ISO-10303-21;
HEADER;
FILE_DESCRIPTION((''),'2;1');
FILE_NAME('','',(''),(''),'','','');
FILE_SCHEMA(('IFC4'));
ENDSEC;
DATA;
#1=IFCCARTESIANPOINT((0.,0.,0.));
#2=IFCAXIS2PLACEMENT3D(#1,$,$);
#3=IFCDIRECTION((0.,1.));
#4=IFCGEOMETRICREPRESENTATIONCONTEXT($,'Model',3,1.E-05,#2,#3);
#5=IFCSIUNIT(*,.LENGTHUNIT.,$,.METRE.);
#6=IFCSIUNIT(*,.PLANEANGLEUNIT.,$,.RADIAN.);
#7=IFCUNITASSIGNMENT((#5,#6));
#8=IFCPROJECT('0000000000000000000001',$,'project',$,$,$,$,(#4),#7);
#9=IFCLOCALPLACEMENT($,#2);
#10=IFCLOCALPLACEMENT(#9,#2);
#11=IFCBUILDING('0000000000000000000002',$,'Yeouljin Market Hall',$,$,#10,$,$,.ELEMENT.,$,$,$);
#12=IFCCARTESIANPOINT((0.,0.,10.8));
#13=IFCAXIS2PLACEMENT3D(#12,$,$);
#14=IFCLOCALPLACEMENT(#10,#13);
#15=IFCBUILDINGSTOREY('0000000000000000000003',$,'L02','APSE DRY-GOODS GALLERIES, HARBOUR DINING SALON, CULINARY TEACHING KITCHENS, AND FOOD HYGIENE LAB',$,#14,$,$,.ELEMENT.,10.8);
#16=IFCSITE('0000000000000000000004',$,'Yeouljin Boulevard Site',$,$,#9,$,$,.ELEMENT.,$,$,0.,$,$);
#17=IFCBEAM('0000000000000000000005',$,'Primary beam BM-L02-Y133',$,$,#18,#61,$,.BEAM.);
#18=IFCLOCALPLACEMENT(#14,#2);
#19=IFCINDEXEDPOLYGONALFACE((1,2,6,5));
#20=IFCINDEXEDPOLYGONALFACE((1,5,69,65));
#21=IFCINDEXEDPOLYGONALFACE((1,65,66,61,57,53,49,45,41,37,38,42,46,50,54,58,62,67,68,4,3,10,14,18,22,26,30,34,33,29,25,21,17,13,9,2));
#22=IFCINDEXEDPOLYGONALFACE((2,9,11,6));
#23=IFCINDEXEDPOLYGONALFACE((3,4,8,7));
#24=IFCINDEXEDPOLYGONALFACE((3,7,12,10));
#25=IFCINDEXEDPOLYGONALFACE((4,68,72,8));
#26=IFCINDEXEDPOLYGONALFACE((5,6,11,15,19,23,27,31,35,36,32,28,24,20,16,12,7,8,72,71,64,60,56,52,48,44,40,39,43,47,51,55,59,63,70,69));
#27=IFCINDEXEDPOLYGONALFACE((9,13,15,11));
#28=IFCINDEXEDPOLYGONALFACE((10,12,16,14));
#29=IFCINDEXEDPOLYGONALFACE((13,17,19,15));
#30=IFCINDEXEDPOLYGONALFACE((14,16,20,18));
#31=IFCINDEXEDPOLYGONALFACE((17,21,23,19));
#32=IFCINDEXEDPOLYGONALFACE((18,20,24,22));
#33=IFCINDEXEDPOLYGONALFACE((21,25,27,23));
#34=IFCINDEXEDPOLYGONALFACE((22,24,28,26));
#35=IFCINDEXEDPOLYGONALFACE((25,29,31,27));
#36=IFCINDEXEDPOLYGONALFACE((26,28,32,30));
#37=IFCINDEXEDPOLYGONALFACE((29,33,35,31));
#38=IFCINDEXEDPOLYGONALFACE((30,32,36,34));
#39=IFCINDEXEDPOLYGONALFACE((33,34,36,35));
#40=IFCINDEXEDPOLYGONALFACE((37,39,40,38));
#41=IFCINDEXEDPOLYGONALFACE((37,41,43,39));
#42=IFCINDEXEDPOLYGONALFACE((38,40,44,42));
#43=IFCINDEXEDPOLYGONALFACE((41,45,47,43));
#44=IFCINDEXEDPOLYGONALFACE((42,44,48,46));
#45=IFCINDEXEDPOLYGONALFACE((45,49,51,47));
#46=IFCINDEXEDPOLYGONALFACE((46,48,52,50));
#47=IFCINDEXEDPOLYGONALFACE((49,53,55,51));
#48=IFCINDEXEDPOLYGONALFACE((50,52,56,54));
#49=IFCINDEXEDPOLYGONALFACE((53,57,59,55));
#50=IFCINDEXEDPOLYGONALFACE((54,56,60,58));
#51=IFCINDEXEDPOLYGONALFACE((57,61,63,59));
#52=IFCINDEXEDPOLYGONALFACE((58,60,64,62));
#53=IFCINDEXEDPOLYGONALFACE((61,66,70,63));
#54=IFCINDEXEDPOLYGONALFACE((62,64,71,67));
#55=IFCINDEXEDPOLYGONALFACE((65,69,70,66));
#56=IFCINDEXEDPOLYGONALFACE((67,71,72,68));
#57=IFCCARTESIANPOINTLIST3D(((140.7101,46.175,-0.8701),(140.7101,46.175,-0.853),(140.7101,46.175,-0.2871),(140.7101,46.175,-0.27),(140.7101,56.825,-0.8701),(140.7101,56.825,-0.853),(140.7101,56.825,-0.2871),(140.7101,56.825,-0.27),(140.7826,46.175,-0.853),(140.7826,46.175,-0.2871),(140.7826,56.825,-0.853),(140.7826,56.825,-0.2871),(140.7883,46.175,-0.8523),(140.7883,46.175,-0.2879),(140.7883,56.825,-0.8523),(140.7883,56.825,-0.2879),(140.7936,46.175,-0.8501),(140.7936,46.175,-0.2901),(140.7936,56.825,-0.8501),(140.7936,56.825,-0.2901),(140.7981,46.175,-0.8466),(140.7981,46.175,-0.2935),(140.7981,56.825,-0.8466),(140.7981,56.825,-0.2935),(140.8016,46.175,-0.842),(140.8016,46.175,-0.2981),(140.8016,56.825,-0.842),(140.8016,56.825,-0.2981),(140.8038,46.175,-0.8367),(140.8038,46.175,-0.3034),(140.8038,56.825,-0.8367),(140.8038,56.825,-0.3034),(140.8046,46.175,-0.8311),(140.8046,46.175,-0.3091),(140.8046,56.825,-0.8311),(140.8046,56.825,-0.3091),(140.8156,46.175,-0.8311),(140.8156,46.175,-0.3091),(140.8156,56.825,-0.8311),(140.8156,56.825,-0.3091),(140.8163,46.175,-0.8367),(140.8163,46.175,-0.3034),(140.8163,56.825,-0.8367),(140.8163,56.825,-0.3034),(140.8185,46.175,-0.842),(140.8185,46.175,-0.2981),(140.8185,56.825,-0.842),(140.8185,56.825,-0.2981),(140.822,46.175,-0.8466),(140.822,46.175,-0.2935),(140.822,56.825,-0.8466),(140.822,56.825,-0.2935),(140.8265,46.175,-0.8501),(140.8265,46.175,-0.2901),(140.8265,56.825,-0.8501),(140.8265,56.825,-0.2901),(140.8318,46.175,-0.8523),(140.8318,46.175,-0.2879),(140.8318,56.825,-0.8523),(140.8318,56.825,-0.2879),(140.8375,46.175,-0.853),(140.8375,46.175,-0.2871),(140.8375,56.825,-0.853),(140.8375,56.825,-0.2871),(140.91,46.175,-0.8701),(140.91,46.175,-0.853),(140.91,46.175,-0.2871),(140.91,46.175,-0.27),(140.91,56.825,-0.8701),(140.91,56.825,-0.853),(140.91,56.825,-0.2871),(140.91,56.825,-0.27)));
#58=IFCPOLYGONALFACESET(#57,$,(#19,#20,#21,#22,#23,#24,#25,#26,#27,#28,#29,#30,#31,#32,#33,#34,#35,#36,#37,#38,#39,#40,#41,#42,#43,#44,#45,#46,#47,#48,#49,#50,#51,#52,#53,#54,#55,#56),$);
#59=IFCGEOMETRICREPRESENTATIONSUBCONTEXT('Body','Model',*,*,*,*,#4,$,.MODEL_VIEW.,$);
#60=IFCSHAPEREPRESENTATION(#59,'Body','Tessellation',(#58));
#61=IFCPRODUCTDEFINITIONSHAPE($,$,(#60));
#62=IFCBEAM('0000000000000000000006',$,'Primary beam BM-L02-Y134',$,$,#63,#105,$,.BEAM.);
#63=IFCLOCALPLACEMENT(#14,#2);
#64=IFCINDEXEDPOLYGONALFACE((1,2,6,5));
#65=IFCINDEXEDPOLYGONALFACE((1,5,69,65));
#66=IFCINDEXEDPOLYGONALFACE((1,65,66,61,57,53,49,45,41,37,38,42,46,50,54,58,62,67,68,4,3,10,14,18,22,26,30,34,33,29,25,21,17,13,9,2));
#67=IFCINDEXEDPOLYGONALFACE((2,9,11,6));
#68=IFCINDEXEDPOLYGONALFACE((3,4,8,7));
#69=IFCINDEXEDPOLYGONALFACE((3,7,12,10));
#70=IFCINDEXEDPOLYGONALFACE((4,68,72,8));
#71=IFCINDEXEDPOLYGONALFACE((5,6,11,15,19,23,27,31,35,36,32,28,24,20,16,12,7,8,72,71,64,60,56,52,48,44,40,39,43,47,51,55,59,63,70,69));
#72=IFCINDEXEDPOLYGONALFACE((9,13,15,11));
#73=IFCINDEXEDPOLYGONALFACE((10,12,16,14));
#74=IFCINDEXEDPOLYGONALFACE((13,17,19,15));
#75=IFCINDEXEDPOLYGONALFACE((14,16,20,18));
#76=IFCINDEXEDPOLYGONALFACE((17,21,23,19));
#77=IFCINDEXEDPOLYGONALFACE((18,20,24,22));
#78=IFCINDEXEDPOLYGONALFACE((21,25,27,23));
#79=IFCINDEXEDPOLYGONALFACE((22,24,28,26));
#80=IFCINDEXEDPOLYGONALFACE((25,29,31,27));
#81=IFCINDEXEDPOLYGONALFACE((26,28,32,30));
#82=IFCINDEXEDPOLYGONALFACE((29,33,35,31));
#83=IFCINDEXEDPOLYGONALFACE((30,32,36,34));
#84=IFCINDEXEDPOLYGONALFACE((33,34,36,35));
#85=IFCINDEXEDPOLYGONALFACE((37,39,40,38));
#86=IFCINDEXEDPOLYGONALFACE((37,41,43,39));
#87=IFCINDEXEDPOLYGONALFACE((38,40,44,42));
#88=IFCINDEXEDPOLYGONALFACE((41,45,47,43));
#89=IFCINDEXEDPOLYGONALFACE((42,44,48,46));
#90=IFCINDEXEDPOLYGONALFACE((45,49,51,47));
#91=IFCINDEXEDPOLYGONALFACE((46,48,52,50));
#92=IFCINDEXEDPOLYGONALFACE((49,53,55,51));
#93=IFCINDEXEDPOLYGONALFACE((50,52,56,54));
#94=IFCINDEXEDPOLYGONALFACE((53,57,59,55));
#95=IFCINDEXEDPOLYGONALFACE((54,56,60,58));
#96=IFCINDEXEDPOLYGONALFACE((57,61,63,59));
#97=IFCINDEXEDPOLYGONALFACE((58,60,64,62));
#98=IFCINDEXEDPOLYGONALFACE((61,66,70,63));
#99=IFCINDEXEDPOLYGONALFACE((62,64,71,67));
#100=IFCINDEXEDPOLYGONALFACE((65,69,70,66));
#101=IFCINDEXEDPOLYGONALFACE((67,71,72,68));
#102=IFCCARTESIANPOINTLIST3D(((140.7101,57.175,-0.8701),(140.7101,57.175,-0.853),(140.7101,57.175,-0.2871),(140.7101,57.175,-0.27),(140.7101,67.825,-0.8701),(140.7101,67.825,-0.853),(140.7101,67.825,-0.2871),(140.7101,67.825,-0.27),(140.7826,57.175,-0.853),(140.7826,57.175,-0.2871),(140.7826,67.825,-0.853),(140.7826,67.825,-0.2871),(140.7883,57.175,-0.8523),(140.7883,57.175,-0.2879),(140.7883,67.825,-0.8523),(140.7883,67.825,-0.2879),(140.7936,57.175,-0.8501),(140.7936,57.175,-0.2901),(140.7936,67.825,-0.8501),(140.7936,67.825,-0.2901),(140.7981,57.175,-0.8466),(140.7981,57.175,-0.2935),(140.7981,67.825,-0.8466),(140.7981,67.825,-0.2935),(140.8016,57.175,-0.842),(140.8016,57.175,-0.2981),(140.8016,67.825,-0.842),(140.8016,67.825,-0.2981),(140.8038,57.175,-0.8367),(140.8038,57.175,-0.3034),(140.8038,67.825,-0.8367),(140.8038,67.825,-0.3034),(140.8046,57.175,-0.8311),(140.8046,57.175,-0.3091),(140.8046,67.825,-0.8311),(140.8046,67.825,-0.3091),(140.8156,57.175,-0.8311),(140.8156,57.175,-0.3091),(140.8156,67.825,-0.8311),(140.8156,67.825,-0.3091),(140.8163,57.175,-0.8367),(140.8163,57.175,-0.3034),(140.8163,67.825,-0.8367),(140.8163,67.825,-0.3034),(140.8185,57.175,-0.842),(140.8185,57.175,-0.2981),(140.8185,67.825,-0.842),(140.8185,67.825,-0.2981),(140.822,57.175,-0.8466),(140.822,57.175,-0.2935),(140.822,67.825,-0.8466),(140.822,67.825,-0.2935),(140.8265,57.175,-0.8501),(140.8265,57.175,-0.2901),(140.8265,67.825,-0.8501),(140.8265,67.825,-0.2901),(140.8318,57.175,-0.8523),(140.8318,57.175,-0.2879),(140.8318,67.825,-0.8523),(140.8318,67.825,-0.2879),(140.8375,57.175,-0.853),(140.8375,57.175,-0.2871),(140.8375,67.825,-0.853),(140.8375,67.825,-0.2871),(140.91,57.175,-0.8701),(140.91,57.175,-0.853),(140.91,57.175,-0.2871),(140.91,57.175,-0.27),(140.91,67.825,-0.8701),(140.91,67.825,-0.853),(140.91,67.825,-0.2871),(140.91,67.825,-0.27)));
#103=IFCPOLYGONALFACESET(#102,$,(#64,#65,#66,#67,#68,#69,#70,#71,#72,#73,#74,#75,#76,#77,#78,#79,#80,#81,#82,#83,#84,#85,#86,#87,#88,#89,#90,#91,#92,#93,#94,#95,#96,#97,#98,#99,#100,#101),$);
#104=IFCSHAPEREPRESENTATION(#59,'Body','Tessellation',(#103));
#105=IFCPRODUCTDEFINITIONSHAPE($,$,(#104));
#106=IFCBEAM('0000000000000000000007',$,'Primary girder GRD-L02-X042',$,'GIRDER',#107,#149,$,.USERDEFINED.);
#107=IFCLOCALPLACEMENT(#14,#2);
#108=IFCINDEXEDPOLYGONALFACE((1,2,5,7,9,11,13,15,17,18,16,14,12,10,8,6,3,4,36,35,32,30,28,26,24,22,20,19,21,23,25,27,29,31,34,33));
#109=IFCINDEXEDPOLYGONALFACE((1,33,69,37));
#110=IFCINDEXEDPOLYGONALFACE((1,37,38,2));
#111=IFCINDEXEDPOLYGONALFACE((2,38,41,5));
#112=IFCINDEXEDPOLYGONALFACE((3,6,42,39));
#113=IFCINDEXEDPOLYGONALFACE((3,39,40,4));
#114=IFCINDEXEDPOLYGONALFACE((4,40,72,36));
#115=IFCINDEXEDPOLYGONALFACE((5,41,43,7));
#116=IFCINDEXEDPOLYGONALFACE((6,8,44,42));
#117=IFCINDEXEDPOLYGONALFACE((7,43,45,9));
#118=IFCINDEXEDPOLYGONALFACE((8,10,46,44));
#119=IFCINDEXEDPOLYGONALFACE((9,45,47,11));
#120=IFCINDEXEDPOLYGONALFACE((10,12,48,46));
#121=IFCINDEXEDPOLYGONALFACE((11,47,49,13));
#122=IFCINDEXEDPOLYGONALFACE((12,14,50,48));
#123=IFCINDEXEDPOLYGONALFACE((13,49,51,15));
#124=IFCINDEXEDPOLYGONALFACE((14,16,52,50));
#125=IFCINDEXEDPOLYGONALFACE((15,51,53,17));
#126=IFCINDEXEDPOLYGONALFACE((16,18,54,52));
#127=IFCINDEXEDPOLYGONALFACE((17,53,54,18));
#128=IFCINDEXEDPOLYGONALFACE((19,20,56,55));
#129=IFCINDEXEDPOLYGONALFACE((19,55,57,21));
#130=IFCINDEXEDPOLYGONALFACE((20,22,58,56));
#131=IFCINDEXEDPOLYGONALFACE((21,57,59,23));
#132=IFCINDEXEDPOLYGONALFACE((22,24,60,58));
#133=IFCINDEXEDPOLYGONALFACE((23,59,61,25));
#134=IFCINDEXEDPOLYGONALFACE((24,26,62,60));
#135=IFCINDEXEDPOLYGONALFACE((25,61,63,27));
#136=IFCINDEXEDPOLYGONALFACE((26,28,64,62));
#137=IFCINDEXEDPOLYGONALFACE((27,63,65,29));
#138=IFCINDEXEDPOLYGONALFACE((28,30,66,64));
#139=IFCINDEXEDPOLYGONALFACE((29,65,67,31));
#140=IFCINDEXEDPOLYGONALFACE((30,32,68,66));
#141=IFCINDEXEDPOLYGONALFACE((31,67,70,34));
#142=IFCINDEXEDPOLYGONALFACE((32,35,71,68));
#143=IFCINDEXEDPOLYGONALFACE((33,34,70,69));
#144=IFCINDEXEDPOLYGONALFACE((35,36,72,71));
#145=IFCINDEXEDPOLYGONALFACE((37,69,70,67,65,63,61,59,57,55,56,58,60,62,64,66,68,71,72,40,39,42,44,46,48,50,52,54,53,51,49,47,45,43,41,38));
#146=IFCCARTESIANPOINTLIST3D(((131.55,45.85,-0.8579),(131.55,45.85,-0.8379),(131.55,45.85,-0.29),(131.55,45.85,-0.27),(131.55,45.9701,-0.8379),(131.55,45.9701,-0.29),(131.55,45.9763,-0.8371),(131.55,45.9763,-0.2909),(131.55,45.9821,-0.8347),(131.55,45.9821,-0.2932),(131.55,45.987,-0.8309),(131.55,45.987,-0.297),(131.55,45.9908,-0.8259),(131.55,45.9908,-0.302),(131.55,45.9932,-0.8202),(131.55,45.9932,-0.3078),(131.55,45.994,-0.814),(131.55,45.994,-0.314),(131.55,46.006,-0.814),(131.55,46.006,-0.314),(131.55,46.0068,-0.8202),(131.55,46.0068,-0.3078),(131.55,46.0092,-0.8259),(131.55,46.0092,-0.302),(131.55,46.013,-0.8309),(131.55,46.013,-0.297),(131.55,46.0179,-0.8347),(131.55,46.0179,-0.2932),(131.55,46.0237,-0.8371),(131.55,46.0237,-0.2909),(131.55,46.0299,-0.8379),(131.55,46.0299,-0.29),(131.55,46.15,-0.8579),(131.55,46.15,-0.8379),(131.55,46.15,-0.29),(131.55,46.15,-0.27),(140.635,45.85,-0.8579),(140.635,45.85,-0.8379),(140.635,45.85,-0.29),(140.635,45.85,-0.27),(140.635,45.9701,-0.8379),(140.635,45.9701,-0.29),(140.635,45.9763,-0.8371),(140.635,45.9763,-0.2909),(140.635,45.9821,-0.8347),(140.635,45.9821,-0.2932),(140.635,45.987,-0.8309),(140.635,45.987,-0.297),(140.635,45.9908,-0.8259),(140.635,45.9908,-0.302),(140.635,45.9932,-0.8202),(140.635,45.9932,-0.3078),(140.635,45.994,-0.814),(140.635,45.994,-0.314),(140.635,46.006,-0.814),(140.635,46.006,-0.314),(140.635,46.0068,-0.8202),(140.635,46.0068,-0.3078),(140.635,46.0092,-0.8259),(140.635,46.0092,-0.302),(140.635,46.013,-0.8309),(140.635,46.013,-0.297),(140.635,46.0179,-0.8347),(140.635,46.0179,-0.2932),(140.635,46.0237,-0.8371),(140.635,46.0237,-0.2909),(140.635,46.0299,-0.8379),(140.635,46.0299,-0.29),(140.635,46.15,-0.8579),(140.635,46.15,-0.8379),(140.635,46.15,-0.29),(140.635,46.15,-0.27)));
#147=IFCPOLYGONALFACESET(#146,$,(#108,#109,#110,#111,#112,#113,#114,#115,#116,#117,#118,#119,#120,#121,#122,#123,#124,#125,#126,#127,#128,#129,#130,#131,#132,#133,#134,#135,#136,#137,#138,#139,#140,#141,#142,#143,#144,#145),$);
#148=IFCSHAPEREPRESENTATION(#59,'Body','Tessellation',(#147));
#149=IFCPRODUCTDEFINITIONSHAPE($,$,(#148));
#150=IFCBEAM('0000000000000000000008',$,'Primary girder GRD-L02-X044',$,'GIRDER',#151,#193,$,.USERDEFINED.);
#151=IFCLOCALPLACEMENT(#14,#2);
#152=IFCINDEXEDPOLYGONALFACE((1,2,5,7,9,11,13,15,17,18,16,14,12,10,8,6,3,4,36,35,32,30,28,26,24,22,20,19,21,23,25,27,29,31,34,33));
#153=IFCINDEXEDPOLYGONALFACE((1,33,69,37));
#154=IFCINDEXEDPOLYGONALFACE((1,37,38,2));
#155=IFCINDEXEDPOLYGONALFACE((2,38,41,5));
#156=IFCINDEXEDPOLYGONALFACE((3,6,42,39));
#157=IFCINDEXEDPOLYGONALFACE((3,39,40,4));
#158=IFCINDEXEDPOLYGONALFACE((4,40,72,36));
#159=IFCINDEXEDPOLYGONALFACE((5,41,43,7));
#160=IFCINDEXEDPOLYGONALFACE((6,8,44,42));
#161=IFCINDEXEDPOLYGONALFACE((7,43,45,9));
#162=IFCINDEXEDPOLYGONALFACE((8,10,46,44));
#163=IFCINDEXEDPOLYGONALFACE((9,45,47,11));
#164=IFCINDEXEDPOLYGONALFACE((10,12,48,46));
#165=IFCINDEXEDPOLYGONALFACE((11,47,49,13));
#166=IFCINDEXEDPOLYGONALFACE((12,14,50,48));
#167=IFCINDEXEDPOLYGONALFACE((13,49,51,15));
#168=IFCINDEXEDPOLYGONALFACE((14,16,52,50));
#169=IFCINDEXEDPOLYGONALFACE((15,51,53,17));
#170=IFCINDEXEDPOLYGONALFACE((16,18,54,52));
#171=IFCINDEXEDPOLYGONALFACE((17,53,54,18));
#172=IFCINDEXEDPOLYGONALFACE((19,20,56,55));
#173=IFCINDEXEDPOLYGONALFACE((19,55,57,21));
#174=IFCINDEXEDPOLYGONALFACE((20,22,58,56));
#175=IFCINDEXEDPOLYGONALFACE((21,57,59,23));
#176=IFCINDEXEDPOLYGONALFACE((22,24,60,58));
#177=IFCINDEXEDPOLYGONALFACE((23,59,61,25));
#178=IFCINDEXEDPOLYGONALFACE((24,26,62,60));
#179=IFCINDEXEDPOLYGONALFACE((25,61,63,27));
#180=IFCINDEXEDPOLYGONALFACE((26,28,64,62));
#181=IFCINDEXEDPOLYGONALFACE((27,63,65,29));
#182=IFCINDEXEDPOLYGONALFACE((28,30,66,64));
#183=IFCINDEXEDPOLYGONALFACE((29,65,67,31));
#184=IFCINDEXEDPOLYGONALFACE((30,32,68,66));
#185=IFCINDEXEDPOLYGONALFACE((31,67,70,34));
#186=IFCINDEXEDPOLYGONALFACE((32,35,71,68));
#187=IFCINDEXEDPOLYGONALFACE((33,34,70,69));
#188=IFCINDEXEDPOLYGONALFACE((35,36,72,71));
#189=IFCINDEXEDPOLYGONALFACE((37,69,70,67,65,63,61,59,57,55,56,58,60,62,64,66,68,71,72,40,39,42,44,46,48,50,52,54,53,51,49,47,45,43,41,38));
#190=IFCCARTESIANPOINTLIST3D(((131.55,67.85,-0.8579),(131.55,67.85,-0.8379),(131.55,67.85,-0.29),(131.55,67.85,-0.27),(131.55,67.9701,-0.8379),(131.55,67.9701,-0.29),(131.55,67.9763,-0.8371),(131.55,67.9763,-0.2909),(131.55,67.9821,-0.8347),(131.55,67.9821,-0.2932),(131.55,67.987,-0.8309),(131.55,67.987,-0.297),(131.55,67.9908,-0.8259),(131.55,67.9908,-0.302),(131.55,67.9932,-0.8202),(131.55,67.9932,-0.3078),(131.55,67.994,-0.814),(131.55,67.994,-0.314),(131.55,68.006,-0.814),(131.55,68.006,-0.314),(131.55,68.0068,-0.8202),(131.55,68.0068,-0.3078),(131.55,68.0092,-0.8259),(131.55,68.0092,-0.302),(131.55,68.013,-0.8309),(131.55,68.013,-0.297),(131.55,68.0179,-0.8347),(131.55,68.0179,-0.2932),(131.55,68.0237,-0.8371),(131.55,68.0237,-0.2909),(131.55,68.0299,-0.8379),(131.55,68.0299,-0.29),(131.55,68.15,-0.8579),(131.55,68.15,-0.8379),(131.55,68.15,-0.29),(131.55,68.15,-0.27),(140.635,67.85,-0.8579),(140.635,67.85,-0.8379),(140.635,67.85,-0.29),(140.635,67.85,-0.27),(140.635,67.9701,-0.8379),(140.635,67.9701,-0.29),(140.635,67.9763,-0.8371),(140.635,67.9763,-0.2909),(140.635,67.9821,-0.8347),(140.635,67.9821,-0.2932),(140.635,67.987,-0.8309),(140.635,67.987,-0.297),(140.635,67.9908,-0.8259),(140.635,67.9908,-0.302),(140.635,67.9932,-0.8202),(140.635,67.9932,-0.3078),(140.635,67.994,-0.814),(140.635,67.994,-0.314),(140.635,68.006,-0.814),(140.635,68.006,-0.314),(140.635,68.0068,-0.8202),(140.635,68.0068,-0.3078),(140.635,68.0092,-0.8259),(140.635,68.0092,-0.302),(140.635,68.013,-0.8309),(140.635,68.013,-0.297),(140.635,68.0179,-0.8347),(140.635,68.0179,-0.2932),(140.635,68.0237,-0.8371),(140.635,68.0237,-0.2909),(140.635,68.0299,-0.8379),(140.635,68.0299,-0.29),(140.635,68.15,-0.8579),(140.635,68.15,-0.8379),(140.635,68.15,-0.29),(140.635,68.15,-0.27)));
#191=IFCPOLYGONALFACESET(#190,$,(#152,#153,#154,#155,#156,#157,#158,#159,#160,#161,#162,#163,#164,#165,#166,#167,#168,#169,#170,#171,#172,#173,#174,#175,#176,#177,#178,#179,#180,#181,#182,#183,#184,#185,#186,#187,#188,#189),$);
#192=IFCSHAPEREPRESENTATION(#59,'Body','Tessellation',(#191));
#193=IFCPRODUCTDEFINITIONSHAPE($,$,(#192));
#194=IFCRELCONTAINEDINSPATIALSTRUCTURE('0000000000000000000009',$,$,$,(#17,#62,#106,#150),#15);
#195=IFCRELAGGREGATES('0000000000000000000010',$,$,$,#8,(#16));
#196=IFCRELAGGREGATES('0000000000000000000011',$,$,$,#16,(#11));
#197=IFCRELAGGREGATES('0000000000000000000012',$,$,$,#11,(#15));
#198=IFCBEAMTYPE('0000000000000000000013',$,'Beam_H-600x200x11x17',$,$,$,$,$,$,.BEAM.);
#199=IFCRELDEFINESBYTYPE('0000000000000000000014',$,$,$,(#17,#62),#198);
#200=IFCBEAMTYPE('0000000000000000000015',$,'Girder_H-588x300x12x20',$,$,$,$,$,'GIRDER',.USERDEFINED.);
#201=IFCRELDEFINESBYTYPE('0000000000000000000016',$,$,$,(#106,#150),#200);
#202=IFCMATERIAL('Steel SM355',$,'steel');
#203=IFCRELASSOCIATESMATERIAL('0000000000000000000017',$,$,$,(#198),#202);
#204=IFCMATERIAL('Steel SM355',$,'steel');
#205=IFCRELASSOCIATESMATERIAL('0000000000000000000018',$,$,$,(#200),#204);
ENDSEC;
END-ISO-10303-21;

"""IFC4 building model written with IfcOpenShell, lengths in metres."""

from ifc_helpers import new_model, si_unit, direction, frame, origin, origin_2d, place, context, subcontext, project, spatial, i_section, extrude, material, material_profile, profile_set, type_object, element, save


model = new_model("IFC4")

# Units and contexts
model_context = context("Model", 3, precision=1e-05, world=origin(), true_north=direction((0.0, 1.0)))
body_context = subcontext(model_context, "Body", "Model", "MODEL_VIEW")
ifc_project = project(units=[si_unit("LENGTHUNIT", "METRE"), si_unit("PLANEANGLEUNIT", "RADIAN")], contexts=[model_context])

# Site, building, storey
site_placement = place(None, origin())
site = spatial("IfcSite", under=ifc_project, at=site_placement, Name="Yeouljin Boulevard Site", CompositionType="ELEMENT", RefElevation=0.0)
building_placement = place(site_placement, origin())
building = spatial("IfcBuilding", under=site, at=building_placement, Name="Yeouljin Market Hall", CompositionType="ELEMENT")
storey_placement = place(building_placement, frame((0.0, 0.0, 10.8)))
storey = spatial("IfcBuildingStorey", under=building, at=storey_placement, Name="L02", Description="APSE DRY-GOODS GALLERIES, HARBOUR DINING SALON, CULINARY TEACHING KITCHENS, AND FOOD HYGIENE LAB", CompositionType="ELEMENT", Elevation=10.8)

# Beams
ifc_material_1 = material(Name="Steel SM355", Category="steel")
ifc_material_profile_1 = material_profile(ifc_material_1, i_section(OverallWidth=0.2, OverallDepth=0.6001, WebThickness=0.011, FlangeThickness=0.0171, FilletRadius=0.022, at=origin_2d()), Name="H-600x200x11x17")
ifc_profile_set_1 = profile_set([ifc_material_profile_1], Name="Steel SM355")
beam_type_1 = type_object("IfcBeamType", Name="Beam_H-600x200x11x17", PredefinedType="BEAM", material=ifc_profile_set_1)
for number, where, z_axis, x_axis, name in (
    (1, (140.8101, 46.175, -0.5701), (0.0, 1.0, 0.0), (-1.0, 0.0, 0.0), "Primary beam BM-L02-Y133"),
    (2, (140.8101, 57.175, -0.5701), (0.0, 1.0, 0.0), (-1.0, 0.0, 0.0), "Primary beam BM-L02-Y134"),
):
    element("IfcBeam", number, at=place(storey_placement, frame(where, z_axis=z_axis, x_axis=x_axis)), inside=storey, type_object=beam_type_1, Name=name, PredefinedType="BEAM", context=body_context, shape_type="SweptSolid", body=[
        extrude(i_section(OverallWidth=0.2, OverallDepth=0.6001, WebThickness=0.011, FlangeThickness=0.0171, FilletRadius=0.022, at=origin_2d()), origin(), (0.0, 0.0, 1.0), 10.6499),
    ])
ifc_material_2 = material(Name="Steel SM355", Category="steel")
ifc_material_profile_2 = material_profile(ifc_material_2, i_section(OverallWidth=0.3, OverallDepth=0.5879, WebThickness=0.012, FlangeThickness=0.02, FilletRadius=0.0239, at=origin_2d()), Name="H-588x300x12x20")
ifc_profile_set_2 = profile_set([ifc_material_profile_2], Name="Steel SM355")
beam_type_2 = type_object("IfcBeamType", Name="Girder_H-588x300x12x20", ElementType="GIRDER", PredefinedType="USERDEFINED", material=ifc_profile_set_2)
for number, where, z_axis, x_axis, name in (
    (3, (131.55, 46.0, -0.564), (1.0, 0.0, 0.0), (0.0, 1.0, 0.0), "Primary girder GRD-L02-X042"),
    (4, (131.55, 68.0, -0.564), (1.0, 0.0, 0.0), (0.0, 1.0, 0.0), "Primary girder GRD-L02-X044"),
):
    element("IfcBeam", number, at=place(storey_placement, frame(where, z_axis=z_axis, x_axis=x_axis)), inside=storey, type_object=beam_type_2, Name=name, ObjectType="GIRDER", PredefinedType="USERDEFINED", context=body_context, shape_type="SweptSolid", body=[
        extrude(i_section(OverallWidth=0.3, OverallDepth=0.5879, WebThickness=0.012, FlangeThickness=0.02, FilletRadius=0.0239, at=origin_2d()), origin(), (0.0, 0.0, 1.0), 9.085),
    ])

save(model, "model.ifc")
